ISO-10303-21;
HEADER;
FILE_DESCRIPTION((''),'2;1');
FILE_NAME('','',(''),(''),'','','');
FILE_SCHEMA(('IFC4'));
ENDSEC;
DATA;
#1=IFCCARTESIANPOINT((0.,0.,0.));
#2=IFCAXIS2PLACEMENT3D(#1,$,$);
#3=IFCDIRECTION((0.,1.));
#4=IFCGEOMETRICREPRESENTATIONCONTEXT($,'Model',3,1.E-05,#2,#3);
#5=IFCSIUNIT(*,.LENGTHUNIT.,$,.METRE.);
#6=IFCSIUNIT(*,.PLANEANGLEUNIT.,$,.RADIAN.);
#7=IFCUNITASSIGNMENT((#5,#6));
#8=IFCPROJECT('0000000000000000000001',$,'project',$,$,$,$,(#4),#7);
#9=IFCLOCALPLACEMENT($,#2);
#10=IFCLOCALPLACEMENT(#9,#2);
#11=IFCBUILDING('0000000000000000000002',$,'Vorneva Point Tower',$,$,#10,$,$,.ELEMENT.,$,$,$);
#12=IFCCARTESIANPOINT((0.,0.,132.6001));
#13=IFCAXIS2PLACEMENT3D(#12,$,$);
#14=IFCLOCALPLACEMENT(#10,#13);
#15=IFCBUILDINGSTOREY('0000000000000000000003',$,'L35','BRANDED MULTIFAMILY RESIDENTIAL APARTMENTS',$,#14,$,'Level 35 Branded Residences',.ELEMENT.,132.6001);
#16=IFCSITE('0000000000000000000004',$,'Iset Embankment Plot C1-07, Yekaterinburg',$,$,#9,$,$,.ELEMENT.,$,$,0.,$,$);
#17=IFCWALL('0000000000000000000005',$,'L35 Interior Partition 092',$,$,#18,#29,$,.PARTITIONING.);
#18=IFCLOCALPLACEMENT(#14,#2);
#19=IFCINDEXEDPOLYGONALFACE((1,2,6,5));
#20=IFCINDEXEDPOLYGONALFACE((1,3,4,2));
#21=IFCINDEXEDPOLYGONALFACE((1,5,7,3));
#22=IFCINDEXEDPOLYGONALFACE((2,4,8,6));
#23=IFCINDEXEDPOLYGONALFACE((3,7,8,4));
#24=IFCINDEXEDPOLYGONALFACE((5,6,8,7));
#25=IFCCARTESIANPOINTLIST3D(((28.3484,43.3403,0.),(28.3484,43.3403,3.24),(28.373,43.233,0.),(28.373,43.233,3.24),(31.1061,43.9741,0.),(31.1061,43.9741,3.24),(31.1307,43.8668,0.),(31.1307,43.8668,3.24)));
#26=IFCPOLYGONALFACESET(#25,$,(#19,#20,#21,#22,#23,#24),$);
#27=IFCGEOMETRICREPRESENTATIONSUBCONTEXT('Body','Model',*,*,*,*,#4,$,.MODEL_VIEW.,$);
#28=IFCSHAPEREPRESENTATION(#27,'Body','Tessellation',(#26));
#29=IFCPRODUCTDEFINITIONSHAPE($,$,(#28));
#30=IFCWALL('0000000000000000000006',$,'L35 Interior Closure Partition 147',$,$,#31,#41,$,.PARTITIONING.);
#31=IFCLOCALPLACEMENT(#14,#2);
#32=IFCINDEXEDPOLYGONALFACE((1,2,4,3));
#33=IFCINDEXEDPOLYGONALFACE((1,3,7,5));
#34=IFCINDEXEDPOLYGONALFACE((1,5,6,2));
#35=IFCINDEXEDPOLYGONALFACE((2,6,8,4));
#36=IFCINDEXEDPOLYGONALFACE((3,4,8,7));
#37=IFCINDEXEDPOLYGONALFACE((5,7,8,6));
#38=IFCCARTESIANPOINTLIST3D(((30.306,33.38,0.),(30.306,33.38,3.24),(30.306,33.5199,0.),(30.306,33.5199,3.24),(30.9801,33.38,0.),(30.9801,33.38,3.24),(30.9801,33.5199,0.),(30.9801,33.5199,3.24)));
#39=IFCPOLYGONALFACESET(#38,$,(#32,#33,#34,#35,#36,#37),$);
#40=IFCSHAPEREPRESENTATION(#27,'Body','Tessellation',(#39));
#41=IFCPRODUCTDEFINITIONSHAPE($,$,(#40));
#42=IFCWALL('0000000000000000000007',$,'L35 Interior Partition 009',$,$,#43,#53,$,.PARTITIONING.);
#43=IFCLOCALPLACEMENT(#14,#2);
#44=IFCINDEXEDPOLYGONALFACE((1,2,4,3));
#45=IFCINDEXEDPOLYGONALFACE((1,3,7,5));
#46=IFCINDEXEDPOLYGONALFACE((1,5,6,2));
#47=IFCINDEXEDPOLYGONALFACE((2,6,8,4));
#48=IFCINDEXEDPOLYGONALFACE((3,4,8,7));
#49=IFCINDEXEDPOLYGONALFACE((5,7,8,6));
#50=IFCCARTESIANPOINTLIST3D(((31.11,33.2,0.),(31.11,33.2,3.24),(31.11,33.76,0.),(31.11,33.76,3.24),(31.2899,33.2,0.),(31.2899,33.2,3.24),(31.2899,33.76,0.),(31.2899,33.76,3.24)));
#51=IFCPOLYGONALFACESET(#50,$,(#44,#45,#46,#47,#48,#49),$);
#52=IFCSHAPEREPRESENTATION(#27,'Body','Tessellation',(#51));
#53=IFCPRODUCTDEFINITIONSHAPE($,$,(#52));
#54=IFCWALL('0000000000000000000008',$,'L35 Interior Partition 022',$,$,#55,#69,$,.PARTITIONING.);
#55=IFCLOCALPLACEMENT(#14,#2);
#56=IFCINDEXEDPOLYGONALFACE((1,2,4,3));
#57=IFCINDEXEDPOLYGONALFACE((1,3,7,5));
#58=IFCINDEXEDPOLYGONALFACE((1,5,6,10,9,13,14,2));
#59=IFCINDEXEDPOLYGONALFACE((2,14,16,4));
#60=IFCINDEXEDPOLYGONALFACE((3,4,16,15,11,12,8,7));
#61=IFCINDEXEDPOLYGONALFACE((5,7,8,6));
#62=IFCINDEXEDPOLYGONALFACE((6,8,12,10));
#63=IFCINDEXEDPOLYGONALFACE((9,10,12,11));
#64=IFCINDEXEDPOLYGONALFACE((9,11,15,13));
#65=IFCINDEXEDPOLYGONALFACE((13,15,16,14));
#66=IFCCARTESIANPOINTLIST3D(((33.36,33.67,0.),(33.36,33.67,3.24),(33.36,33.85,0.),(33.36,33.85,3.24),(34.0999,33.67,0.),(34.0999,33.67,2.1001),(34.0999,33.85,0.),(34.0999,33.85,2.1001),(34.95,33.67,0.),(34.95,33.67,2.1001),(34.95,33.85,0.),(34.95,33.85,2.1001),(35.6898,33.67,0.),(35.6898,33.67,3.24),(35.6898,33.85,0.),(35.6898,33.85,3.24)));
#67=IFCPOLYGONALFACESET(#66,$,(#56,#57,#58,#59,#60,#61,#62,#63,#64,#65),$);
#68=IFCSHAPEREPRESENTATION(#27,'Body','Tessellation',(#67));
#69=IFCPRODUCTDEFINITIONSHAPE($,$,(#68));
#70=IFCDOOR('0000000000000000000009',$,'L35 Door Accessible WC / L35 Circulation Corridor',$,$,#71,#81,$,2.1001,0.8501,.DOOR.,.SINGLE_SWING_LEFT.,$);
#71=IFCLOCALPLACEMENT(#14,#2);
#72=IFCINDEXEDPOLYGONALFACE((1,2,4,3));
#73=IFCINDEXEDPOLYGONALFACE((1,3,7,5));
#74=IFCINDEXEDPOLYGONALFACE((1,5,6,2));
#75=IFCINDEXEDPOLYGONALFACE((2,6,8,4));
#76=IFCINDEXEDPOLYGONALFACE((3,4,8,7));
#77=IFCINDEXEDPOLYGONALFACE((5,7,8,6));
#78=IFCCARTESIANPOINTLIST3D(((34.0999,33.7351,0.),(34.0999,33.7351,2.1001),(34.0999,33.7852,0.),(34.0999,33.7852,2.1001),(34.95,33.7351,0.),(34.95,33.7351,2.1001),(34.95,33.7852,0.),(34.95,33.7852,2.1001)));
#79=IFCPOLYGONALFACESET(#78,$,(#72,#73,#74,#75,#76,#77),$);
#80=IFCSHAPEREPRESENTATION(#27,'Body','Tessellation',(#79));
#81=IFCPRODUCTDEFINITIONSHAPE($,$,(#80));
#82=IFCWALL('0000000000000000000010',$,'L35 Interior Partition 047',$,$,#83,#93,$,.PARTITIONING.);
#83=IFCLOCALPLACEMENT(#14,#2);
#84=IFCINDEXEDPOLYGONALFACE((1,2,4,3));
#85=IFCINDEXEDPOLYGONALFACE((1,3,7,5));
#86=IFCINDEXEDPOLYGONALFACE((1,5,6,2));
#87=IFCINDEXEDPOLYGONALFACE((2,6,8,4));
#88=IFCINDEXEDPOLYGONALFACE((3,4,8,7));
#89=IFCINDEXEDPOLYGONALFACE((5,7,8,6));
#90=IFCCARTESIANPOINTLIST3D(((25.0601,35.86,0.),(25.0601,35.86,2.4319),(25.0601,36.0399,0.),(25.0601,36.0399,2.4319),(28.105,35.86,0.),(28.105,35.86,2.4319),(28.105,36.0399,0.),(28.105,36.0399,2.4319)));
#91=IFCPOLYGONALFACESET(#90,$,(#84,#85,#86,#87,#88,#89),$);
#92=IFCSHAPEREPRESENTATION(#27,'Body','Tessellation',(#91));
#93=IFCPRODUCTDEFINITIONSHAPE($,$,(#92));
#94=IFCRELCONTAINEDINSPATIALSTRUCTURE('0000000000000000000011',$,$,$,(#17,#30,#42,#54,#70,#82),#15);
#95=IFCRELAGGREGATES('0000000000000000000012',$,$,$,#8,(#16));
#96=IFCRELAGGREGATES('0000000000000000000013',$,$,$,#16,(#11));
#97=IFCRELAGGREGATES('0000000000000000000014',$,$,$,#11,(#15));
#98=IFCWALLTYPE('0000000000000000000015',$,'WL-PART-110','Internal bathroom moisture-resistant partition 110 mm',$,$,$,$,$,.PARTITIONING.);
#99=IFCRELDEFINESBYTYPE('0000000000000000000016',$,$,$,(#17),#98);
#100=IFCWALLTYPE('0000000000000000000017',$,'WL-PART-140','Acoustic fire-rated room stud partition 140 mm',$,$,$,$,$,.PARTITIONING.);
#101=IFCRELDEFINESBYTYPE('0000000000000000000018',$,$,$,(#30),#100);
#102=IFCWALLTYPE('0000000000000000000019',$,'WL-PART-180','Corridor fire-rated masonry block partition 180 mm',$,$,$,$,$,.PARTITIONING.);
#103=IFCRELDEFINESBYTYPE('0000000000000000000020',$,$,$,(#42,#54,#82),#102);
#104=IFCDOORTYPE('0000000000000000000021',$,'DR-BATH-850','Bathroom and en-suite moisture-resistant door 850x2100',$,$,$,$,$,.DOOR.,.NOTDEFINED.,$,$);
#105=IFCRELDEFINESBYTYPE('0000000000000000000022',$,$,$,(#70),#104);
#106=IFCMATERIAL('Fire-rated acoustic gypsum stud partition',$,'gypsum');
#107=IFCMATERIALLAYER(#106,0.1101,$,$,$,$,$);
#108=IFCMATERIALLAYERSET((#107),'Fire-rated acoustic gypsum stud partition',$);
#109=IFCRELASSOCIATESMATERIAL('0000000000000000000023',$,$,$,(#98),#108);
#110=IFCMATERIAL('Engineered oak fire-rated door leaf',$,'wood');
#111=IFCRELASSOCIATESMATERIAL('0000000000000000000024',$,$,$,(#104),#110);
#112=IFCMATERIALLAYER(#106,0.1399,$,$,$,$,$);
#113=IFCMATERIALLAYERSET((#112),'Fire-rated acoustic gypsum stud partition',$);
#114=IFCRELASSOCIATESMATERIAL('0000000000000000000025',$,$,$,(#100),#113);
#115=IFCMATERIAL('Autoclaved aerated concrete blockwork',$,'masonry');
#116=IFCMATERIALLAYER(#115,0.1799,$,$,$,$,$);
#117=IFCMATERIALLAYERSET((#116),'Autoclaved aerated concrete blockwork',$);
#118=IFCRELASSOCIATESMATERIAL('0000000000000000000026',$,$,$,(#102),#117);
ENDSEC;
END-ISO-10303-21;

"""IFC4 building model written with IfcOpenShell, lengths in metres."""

from ifc_helpers import new_model, si_unit, direction, frame, frame_2d, origin, place, context, subcontext, project, spatial, rectangle, extrude, material, layer, layer_set, type_object, element, fill, save


model = new_model("IFC4")

# Units and contexts
model_context = context("Model", 3, precision=1e-05, world=origin(), true_north=direction((0.0, 1.0)))
body_context = subcontext(model_context, "Body", "Model", "MODEL_VIEW")
ifc_project = project(units=[si_unit("LENGTHUNIT", "METRE"), si_unit("PLANEANGLEUNIT", "RADIAN")], contexts=[model_context])

# Site, building, storey
site_placement = place(None, origin())
site = spatial("IfcSite", under=ifc_project, at=site_placement, Name="Iset Embankment Plot C1-07, Yekaterinburg", CompositionType="ELEMENT", RefElevation=0.0)
building_placement = place(site_placement, origin())
building = spatial("IfcBuilding", under=site, at=building_placement, Name="Vorneva Point Tower", CompositionType="ELEMENT")
storey_placement = place(building_placement, frame((0.0, 0.0, 132.6001)))
storey = spatial("IfcBuildingStorey", under=building, at=storey_placement, Name="L35", Description="BRANDED MULTIFAMILY RESIDENTIAL APARTMENTS", LongName="Level 35 Branded Residences", CompositionType="ELEMENT", Elevation=132.6001)

# Shared definitions
ifc_material_1 = material(Name="Fire-rated acoustic gypsum stud partition", Category="gypsum")
ifc_layer_1 = layer(ifc_material_1, 0.1101)
ifc_layer_set_1 = layer_set([ifc_layer_1], Name="Fire-rated acoustic gypsum stud partition")
wall_type_1 = type_object("IfcWallType", Name="WL-PART-110", Description="Internal bathroom moisture-resistant partition 110 mm", PredefinedType="PARTITIONING", material=ifc_layer_set_1)

# Shared definitions
ifc_material_2 = material(Name="Engineered oak fire-rated door leaf", Category="wood")
door_type_1 = type_object("IfcDoorType", Name="DR-BATH-850", Description="Bathroom and en-suite moisture-resistant door 850x2100", OperationType="NOTDEFINED", PredefinedType="DOOR", material=ifc_material_2)

# Walls
wall_1_placement = place(storey_placement, frame((31.1184, 43.9204, 0.0), z_axis=(0.0, 0.0, 1.0), x_axis=(-0.974594, -0.223977, 0.0)))
element("IfcWall", 1, at=wall_1_placement, inside=storey, type_object=wall_type_1, Name="L35 Interior Partition 092", PredefinedType="PARTITIONING", context=body_context, shape_type="SweptSolid", body=[
    extrude(rectangle(XDim=2.8296, YDim=0.1101, at=frame_2d((1.4148, 0.0))), origin(), (0.0, 0.0, 1.0), 3.24),
])
ifc_layer_2 = layer(ifc_material_1, 0.1399)
ifc_layer_set_2 = layer_set([ifc_layer_2], Name="Fire-rated acoustic gypsum stud partition")
wall_type_2 = type_object("IfcWallType", Name="WL-PART-140", Description="Acoustic fire-rated room stud partition 140 mm", PredefinedType="PARTITIONING", material=ifc_layer_set_2)
wall_2_placement = place(storey_placement, frame((30.98, 33.45, 0.0), z_axis=(0.0, 0.0, 1.0), x_axis=(-1.0, 0.0, 0.0)))
element("IfcWall", 2, at=wall_2_placement, inside=storey, type_object=wall_type_2, Name="L35 Interior Closure Partition 147", PredefinedType="PARTITIONING", context=body_context, shape_type="SweptSolid", body=[
    extrude(rectangle(XDim=0.6741, YDim=0.1399, at=frame_2d((0.3369, 0.0))), origin(), (0.0, 0.0, 1.0), 3.24),
])

# Shared definitions
ifc_material_3 = material(Name="Autoclaved aerated concrete blockwork", Category="masonry")
ifc_layer_3 = layer(ifc_material_3, 0.1799)
ifc_layer_set_3 = layer_set([ifc_layer_3], Name="Autoclaved aerated concrete blockwork")
wall_type_3 = type_object("IfcWallType", Name="WL-PART-180", Description="Corridor fire-rated masonry block partition 180 mm", PredefinedType="PARTITIONING", material=ifc_layer_set_3)

# Wall
wall_3_placement = place(storey_placement, frame((31.2, 33.76, 0.0), z_axis=(0.0, 0.0, 1.0), x_axis=(0.0, -1.0, 0.0)))
element("IfcWall", 3, at=wall_3_placement, inside=storey, type_object=wall_type_3, Name="L35 Interior Partition 009", PredefinedType="PARTITIONING", context=body_context, shape_type="SweptSolid", body=[
    extrude(rectangle(XDim=0.5601, YDim=0.1799, at=frame_2d((0.28, 0.0))), origin(), (0.0, 0.0, 1.0), 3.24),
])

# Wall, opening, door
wall_4_placement = place(storey_placement, frame((35.6899, 33.76, 0.0), z_axis=(0.0, 0.0, 1.0), x_axis=(-1.0, 0.0, 0.0)))
wall_4 = element("IfcWall", 4, at=wall_4_placement, inside=storey, type_object=wall_type_3, Name="L35 Interior Partition 022", PredefinedType="PARTITIONING", context=body_context, shape_type="SweptSolid", body=[
    extrude(rectangle(XDim=2.3298, YDim=0.1799, at=frame_2d((1.165, 0.0))), origin(), (0.0, 0.0, 1.0), 3.24),
])
opening_1_placement = place(wall_4_placement, frame((0.74, 0.0, 0.0)))
opening_1 = element("IfcOpeningElement", 5, at=opening_1_placement, cuts=wall_4, PredefinedType="OPENING", context=body_context, shape_type="SweptSolid", body=[
    extrude(rectangle(XDim=0.8501, YDim=2.1001, at=frame_2d((0.425, 1.05))), frame((0.0, 0.105, 0.0), z_axis=(0.0, -1.0, 0.0), x_axis=(1.0, 0.0, 0.0)), (0.0, 0.0, 1.0), 0.2097),
])
door_1_placement = place(opening_1_placement, origin())
door_1 = element("IfcDoor", 6, at=door_1_placement, inside=storey, type_object=door_type_1, Name="L35 Door Accessible WC / L35 Circulation Corridor", OperationType="SINGLE_SWING_LEFT", OverallHeight=2.1001, OverallWidth=0.8501, PredefinedType="DOOR", context=body_context, shape_type="SweptSolid", body=[
    extrude(rectangle(XDim=0.8501, YDim=2.1001, at=frame_2d((0.425, 1.05))), frame((0.0, 0.0249, 0.0), z_axis=(0.0, -1.0, 0.0), x_axis=(1.0, 0.0, 0.0)), (0.0, 0.0, 1.0), 0.05),
])
fill(opening_1, door_1)

# Wall
wall_5_placement = place(storey_placement, frame((28.105, 35.95, 0.0), z_axis=(0.0, 0.0, 1.0), x_axis=(-1.0, 0.0, 0.0)))
element("IfcWall", 7, at=wall_5_placement, inside=storey, type_object=wall_type_3, Name="L35 Interior Partition 047", PredefinedType="PARTITIONING", context=body_context, shape_type="SweptSolid", body=[
    extrude(rectangle(XDim=3.0449, YDim=0.1799, at=frame_2d((1.5225, 0.0))), origin(), (0.0, 0.0, 1.0), 2.4319),
])

save(model, "model.ifc")
